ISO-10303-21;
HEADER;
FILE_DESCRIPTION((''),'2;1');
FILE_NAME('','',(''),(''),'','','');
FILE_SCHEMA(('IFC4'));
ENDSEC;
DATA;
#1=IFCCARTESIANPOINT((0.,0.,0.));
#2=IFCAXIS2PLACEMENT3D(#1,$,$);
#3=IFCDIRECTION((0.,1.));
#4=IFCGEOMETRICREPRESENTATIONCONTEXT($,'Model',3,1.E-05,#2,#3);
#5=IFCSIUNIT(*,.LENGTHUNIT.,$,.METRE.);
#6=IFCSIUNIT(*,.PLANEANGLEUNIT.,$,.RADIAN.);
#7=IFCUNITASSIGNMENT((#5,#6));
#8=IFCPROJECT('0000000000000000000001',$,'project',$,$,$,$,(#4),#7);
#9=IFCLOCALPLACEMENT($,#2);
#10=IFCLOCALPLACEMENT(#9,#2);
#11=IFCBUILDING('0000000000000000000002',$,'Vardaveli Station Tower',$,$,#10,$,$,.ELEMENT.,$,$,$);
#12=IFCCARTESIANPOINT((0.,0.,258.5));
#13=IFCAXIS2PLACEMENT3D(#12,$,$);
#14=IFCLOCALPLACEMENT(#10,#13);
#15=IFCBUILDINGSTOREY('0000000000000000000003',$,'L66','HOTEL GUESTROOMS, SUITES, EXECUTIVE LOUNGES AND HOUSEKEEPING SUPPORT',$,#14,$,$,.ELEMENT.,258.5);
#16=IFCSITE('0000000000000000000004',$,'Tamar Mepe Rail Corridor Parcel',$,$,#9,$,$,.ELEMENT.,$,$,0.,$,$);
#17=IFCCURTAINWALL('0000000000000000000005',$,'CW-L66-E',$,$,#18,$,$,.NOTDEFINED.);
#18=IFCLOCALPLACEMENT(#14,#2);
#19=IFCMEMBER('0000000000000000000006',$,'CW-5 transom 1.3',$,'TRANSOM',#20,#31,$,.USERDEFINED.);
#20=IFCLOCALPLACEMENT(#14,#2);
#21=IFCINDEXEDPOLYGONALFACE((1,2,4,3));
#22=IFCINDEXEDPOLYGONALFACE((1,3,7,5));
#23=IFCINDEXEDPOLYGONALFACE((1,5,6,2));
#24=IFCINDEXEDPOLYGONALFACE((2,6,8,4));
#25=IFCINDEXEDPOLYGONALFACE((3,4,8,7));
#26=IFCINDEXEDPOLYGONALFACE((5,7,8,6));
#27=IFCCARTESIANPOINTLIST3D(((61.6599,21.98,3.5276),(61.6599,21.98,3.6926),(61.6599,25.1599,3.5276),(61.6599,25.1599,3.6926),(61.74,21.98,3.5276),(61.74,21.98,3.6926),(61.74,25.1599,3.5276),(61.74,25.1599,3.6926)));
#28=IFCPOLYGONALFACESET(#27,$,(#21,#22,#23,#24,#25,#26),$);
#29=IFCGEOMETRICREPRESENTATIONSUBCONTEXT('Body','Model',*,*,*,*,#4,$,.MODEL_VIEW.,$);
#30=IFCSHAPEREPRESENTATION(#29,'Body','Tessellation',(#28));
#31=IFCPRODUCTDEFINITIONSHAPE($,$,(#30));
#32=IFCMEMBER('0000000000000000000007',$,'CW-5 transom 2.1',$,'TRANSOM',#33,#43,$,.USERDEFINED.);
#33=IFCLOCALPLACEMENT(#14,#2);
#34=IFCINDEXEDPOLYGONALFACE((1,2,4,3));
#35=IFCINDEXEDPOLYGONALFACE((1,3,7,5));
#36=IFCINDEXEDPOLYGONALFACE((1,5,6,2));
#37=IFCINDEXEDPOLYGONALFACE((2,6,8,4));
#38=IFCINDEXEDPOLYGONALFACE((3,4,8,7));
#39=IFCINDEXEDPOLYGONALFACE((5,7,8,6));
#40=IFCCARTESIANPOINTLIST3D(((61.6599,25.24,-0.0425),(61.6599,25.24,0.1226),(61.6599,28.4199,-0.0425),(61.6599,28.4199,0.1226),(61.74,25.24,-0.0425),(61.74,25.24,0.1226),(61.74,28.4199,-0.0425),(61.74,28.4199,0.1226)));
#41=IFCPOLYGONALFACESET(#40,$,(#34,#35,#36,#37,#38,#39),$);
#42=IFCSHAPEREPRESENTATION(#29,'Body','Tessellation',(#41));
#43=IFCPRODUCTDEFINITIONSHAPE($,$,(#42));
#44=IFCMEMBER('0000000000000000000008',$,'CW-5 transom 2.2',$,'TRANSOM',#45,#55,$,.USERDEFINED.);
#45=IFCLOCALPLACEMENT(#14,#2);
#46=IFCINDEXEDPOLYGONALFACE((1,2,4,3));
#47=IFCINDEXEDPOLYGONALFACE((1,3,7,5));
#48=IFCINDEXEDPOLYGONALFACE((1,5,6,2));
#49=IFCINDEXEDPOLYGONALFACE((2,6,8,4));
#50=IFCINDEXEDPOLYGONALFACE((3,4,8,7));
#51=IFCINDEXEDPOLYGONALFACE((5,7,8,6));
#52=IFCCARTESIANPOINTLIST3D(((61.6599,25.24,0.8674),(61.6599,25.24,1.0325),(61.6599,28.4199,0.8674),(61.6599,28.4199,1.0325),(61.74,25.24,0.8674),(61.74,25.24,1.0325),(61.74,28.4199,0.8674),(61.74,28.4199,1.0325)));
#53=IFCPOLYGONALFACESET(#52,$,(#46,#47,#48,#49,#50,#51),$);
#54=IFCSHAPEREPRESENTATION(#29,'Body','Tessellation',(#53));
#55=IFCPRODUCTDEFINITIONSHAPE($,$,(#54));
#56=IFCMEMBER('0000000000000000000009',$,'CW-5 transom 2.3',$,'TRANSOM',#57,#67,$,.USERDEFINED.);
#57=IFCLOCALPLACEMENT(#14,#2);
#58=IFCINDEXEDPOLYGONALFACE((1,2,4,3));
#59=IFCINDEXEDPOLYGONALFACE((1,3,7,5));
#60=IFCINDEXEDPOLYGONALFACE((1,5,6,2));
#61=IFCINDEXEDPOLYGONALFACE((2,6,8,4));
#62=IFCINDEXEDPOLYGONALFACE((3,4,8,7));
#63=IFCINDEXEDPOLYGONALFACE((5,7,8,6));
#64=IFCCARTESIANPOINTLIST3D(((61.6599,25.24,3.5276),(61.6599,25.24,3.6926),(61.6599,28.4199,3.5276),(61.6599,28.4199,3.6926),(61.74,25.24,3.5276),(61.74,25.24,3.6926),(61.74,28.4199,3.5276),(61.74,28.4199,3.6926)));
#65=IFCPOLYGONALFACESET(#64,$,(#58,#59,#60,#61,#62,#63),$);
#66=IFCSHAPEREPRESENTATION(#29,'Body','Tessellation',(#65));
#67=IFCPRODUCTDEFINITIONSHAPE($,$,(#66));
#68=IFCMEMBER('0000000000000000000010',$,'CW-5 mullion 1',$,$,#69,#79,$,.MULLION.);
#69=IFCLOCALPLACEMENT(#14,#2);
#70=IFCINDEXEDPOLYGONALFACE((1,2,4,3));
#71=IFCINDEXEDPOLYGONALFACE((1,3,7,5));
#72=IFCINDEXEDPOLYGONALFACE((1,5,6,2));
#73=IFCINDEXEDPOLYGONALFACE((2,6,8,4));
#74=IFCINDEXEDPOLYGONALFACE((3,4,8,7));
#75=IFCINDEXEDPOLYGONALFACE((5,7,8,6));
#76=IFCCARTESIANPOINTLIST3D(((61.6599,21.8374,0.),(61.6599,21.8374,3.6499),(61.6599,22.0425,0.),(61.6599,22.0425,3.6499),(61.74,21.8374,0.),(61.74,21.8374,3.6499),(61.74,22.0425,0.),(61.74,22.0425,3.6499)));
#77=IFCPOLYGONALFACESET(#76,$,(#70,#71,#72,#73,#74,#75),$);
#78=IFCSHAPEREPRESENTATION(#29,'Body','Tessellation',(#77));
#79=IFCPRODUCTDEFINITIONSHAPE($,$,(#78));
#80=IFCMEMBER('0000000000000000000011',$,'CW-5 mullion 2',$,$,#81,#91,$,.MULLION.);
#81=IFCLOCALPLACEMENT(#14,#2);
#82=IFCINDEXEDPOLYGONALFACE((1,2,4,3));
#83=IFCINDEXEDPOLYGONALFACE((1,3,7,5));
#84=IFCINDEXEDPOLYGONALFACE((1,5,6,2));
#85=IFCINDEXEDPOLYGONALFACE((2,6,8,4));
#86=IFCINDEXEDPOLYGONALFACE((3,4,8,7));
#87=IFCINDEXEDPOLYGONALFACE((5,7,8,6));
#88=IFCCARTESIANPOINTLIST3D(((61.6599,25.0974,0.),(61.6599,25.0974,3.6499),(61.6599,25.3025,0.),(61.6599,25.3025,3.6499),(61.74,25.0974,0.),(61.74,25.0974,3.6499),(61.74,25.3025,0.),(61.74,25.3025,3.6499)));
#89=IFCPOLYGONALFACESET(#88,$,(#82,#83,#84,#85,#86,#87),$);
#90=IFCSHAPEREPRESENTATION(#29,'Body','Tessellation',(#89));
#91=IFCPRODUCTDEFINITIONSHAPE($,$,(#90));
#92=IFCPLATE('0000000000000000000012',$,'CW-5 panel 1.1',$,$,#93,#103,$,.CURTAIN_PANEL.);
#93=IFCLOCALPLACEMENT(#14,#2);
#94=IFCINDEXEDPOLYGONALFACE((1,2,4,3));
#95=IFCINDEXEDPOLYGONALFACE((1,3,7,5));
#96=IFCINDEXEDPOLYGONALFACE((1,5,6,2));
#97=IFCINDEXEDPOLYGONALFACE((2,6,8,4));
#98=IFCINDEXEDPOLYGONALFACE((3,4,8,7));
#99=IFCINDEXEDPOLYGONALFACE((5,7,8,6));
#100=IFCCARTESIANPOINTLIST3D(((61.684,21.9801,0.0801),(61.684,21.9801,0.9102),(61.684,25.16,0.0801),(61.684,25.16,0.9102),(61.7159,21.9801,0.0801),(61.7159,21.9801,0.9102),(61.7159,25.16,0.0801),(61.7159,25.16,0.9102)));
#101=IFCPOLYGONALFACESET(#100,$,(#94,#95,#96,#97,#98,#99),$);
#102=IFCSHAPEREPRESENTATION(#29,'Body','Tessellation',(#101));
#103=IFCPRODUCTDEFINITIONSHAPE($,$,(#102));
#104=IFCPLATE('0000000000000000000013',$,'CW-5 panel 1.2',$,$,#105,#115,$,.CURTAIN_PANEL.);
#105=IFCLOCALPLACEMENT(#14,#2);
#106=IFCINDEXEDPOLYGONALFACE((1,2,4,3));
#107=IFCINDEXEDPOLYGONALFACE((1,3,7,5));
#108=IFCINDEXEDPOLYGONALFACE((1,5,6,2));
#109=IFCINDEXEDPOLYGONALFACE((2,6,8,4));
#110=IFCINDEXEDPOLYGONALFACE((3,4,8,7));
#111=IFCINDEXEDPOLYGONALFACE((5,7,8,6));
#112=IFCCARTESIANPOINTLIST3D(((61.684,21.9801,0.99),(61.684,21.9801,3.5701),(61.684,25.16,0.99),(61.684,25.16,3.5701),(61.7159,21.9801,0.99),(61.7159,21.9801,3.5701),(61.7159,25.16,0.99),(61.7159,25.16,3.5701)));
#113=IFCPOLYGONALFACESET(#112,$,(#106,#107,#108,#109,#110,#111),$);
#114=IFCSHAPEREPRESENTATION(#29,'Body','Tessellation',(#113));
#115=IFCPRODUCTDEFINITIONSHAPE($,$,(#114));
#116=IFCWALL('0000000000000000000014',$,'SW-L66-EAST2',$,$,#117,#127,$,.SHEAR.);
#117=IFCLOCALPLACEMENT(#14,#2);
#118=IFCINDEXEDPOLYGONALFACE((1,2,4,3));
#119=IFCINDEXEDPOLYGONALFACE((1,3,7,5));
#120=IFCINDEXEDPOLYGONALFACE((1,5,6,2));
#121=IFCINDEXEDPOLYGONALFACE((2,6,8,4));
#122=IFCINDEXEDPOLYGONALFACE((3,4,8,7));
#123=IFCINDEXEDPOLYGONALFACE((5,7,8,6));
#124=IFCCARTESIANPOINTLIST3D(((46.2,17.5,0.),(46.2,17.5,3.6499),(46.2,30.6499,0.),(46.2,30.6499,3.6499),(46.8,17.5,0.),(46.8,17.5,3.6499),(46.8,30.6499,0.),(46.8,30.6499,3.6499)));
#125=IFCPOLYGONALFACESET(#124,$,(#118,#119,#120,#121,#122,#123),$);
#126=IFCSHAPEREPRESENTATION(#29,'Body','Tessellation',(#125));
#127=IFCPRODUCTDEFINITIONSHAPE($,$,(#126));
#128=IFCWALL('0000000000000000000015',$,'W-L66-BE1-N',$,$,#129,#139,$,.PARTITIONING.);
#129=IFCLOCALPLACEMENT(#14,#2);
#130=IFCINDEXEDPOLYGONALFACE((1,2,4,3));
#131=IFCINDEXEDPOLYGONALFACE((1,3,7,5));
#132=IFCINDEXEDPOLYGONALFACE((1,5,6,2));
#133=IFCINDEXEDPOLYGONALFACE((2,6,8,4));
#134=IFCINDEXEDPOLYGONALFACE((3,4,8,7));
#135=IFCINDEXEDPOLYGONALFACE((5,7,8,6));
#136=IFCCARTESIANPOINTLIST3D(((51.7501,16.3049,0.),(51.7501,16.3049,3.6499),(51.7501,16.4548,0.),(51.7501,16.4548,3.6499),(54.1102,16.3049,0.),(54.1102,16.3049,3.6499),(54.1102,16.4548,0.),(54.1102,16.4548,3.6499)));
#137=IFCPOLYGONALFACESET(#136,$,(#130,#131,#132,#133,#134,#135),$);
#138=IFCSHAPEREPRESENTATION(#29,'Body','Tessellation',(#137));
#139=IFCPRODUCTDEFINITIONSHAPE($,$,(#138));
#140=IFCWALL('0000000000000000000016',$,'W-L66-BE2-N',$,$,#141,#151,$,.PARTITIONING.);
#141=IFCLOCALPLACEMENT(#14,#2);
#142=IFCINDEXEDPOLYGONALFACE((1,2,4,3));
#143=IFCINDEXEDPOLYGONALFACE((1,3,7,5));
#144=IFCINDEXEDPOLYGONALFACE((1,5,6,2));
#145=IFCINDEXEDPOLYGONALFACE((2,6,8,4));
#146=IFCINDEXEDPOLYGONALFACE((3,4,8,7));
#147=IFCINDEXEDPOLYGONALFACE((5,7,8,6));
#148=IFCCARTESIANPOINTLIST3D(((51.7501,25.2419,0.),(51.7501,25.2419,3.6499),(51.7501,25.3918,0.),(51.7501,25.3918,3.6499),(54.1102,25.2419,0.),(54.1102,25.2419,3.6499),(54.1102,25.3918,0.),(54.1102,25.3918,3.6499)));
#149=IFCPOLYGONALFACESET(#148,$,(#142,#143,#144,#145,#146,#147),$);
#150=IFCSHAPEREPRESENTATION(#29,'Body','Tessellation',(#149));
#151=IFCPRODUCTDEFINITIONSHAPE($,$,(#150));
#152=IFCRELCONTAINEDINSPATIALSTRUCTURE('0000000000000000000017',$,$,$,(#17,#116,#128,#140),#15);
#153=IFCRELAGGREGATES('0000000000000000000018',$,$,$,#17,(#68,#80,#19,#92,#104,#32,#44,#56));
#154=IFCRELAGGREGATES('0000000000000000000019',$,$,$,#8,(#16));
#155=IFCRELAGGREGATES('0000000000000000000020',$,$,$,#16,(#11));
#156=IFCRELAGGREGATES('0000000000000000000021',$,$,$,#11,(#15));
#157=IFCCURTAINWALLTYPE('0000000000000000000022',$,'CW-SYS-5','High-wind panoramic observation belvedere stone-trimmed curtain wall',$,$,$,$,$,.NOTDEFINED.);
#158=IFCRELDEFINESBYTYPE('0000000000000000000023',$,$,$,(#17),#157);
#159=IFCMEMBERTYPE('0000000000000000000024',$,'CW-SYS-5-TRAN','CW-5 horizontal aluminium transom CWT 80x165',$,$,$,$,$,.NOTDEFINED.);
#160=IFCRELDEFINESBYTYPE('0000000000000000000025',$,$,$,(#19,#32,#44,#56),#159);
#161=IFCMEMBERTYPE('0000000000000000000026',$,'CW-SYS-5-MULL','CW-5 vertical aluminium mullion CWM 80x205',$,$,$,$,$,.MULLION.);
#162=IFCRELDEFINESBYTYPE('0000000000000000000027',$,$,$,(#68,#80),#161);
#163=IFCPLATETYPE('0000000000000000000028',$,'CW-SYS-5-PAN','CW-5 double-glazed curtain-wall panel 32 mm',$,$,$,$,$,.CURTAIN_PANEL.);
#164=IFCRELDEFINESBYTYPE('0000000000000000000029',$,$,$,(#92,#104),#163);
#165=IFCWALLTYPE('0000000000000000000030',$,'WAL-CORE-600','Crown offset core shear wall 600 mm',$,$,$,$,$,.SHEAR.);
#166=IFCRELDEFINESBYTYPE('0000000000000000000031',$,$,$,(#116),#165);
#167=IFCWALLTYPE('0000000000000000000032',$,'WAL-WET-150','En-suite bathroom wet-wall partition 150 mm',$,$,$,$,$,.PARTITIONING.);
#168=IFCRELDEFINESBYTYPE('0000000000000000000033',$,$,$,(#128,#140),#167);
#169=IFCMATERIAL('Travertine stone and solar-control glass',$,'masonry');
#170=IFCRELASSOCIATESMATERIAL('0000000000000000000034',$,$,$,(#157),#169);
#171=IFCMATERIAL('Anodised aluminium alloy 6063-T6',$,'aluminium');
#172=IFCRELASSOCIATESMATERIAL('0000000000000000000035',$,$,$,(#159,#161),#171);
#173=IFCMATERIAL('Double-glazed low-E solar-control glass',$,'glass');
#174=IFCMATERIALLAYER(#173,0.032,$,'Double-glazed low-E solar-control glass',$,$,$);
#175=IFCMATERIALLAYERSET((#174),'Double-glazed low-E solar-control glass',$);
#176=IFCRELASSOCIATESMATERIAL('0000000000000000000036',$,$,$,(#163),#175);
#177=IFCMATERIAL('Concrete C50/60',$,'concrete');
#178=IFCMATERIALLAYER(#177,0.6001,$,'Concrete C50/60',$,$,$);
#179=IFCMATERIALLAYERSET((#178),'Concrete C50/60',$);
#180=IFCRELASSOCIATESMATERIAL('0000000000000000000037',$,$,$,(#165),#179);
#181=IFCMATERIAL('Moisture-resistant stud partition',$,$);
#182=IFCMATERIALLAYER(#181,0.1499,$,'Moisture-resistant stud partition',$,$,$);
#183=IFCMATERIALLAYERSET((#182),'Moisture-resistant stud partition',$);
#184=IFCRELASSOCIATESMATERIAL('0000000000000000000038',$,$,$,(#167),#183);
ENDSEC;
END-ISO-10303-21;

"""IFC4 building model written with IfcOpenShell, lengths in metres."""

from ifc_helpers import new_model, si_unit, direction, frame, frame_2d, origin, origin_2d, place, context, subcontext, project, spatial, rectangle, extrude, source, transform, mapped, material, layer, layer_set, material_profile, profile_set, type_object, element, aggregate, save


model = new_model("IFC4")

# Units and contexts
model_context = context("Model", 3, precision=1e-05, world=origin(), true_north=direction((0.0, 1.0)))
body_context = subcontext(model_context, "Body", "Model", "MODEL_VIEW")
ifc_project = project(units=[si_unit("LENGTHUNIT", "METRE"), si_unit("PLANEANGLEUNIT", "RADIAN")], contexts=[model_context])

# Site, building, storey
site_placement = place(None, origin())
site = spatial("IfcSite", under=ifc_project, at=site_placement, Name="Tamar Mepe Rail Corridor Parcel", CompositionType="ELEMENT", RefElevation=0.0)
building_placement = place(site_placement, origin())
building = spatial("IfcBuilding", under=site, at=building_placement, Name="Vardaveli Station Tower", CompositionType="ELEMENT")
storey_placement = place(building_placement, frame((0.0, 0.0, 258.5)))
storey = spatial("IfcBuildingStorey", under=building, at=storey_placement, Name="L66", Description="HOTEL GUESTROOMS, SUITES, EXECUTIVE LOUNGES AND HOUSEKEEPING SUPPORT", CompositionType="ELEMENT", Elevation=258.5)

# Curtain wall, members, plates
ifc_material_1 = material(Name="Travertine stone and solar-control glass", Category="masonry")
curtain_wall_type = type_object("IfcCurtainWallType", Name="CW-SYS-5", Description="High-wind panoramic observation belvedere stone-trimmed curtain wall", PredefinedType="NOTDEFINED", material=ifc_material_1)
curtain_wall_placement = place(storey_placement, origin())
curtain_wall = element("IfcCurtainWall", 1, at=curtain_wall_placement, inside=storey, type_object=curtain_wall_type, Name="CW-L66-E", PredefinedType="NOTDEFINED")
ifc_material_2 = material(Name="Anodised aluminium alloy 6063-T6", Category="aluminium")
ifc_material_profile_1 = material_profile(ifc_material_2, rectangle(XDim=0.0801, YDim=0.165, at=origin_2d()), Name="CWT 80x165")
ifc_profile_set_1 = profile_set([ifc_material_profile_1], Name="Anodised aluminium alloy 6063-T6")
member_type_1 = type_object("IfcMemberType", Name="CW-SYS-5-TRAN", Description="CW-5 horizontal aluminium transom CWT 80x165", PredefinedType="NOTDEFINED", material=ifc_profile_set_1)
shared_shape_1 = source(origin(), body_context, "Body", "SweptSolid", [
    extrude(rectangle(XDim=0.0801, YDim=0.165, at=origin_2d()), origin(), (0.0, 0.0, 1.0), 3.1799),
])
member_1_placement = place(storey_placement, frame((61.7, 21.98, 3.6101), z_axis=(0.0, 1.0, 0.0), x_axis=(-1.0, 0.0, 0.0)))
member_1 = element("IfcMember", 2, at=member_1_placement, type_object=member_type_1, Name="CW-5 transom 1.3", ObjectType="TRANSOM", PredefinedType="USERDEFINED", context=body_context, shape_type="MappedRepresentation", body=[
    mapped(shared_shape_1, transform((0.0, 0.0, 0.0), scale=1.0)),
])
member_2_placement = place(storey_placement, frame((61.7, 25.24, 0.04), z_axis=(0.0, 1.0, 0.0), x_axis=(-1.0, 0.0, 0.0)))
member_2 = element("IfcMember", 3, at=member_2_placement, type_object=member_type_1, Name="CW-5 transom 2.1", ObjectType="TRANSOM", PredefinedType="USERDEFINED", context=body_context, shape_type="MappedRepresentation", body=[
    mapped(shared_shape_1, transform((0.0, 0.0, 0.0), scale=1.0)),
])
member_3_placement = place(storey_placement, frame((61.7, 25.24, 0.95), z_axis=(0.0, 1.0, 0.0), x_axis=(-1.0, 0.0, 0.0)))
member_3 = element("IfcMember", 4, at=member_3_placement, type_object=member_type_1, Name="CW-5 transom 2.2", ObjectType="TRANSOM", PredefinedType="USERDEFINED", context=body_context, shape_type="MappedRepresentation", body=[
    mapped(shared_shape_1, transform((0.0, 0.0, 0.0), scale=1.0)),
])
member_4_placement = place(storey_placement, frame((61.7, 25.24, 3.6101), z_axis=(0.0, 1.0, 0.0), x_axis=(-1.0, 0.0, 0.0)))
member_4 = element("IfcMember", 5, at=member_4_placement, type_object=member_type_1, Name="CW-5 transom 2.3", ObjectType="TRANSOM", PredefinedType="USERDEFINED", context=body_context, shape_type="MappedRepresentation", body=[
    mapped(shared_shape_1, transform((0.0, 0.0, 0.0), scale=1.0)),
])
ifc_material_profile_2 = material_profile(ifc_material_2, rectangle(XDim=0.0801, YDim=0.2051, at=origin_2d()), Name="CWM 80x205")
ifc_profile_set_2 = profile_set([ifc_material_profile_2], Name="Anodised aluminium alloy 6063-T6")
member_type_2 = type_object("IfcMemberType", Name="CW-SYS-5-MULL", Description="CW-5 vertical aluminium mullion CWM 80x205", PredefinedType="MULLION", material=ifc_profile_set_2)
shared_shape_2 = source(origin(), body_context, "Body", "SweptSolid", [
    extrude(rectangle(XDim=0.0801, YDim=0.2051, at=origin_2d()), origin(), (0.0, 0.0, 1.0), 3.6499),
])
member_5_placement = place(storey_placement, frame((61.7, 21.9399, 0.0), z_axis=(0.0, 0.0, 1.0), x_axis=(-1.0, 0.0, 0.0)))
member_5 = element("IfcMember", 6, at=member_5_placement, type_object=member_type_2, Name="CW-5 mullion 1", PredefinedType="MULLION", context=body_context, shape_type="MappedRepresentation", body=[
    mapped(shared_shape_2, transform((0.0, 0.0, 0.0), scale=1.0)),
])
member_6_placement = place(storey_placement, frame((61.7, 25.2, 0.0), z_axis=(0.0, 0.0, 1.0), x_axis=(-1.0, 0.0, 0.0)))
member_6 = element("IfcMember", 7, at=member_6_placement, type_object=member_type_2, Name="CW-5 mullion 2", PredefinedType="MULLION", context=body_context, shape_type="MappedRepresentation", body=[
    mapped(shared_shape_2, transform((0.0, 0.0, 0.0), scale=1.0)),
])
ifc_material_3 = material(Name="Double-glazed low-E solar-control glass", Category="glass")
ifc_layer_1 = layer(ifc_material_3, 0.032, Name="Double-glazed low-E solar-control glass")
ifc_layer_set_1 = layer_set([ifc_layer_1], Name="Double-glazed low-E solar-control glass")
plate_type = type_object("IfcPlateType", Name="CW-SYS-5-PAN", Description="CW-5 double-glazed curtain-wall panel 32 mm", PredefinedType="CURTAIN_PANEL", material=ifc_layer_set_1)
shared_shape_3 = source(origin(), body_context, "Body", "SweptSolid", [
    extrude(rectangle(XDim=3.1799, YDim=0.032, at=origin_2d()), origin(), (0.0, 0.0, 1.0), 0.8301),
])
plate_1_placement = place(storey_placement, frame((61.7, 23.5701, 0.0801), z_axis=(0.0, 0.0, 1.0), x_axis=(0.0, 1.0, 0.0)))
plate_1 = element("IfcPlate", 8, at=plate_1_placement, type_object=plate_type, Name="CW-5 panel 1.1", PredefinedType="CURTAIN_PANEL", context=body_context, shape_type="MappedRepresentation", body=[
    mapped(shared_shape_3, transform((0.0, 0.0, 0.0), scale=1.0)),
])
shared_shape_4 = source(origin(), body_context, "Body", "SweptSolid", [
    extrude(rectangle(XDim=3.1799, YDim=0.032, at=origin_2d()), origin(), (0.0, 0.0, 1.0), 2.5801),
])
plate_2_placement = place(storey_placement, frame((61.7, 23.5701, 0.99), z_axis=(0.0, 0.0, 1.0), x_axis=(0.0, 1.0, 0.0)))
plate_2 = element("IfcPlate", 9, at=plate_2_placement, type_object=plate_type, Name="CW-5 panel 1.2", PredefinedType="CURTAIN_PANEL", context=body_context, shape_type="MappedRepresentation", body=[
    mapped(shared_shape_4, transform((0.0, 0.0, 0.0), scale=1.0)),
])
aggregate(curtain_wall, [member_5, member_6, member_1, plate_1, plate_2, member_2, member_3, member_4])

# Walls
ifc_material_4 = material(Name="Concrete C50/60", Category="concrete")
ifc_layer_2 = layer(ifc_material_4, 0.6001, Name="Concrete C50/60")
ifc_layer_set_2 = layer_set([ifc_layer_2], Name="Concrete C50/60")
wall_type_1 = type_object("IfcWallType", Name="WAL-CORE-600", Description="Crown offset core shear wall 600 mm", PredefinedType="SHEAR", material=ifc_layer_set_2)
shared_shape_5 = source(origin(), body_context, "Body", "SweptSolid", [
    extrude(rectangle(XDim=13.1499, YDim=0.6001, at=frame_2d((6.575, 0.0))), origin(), (0.0, 0.0, 1.0), 3.6499),
])
wall_1_placement = place(storey_placement, frame((46.5, 17.5, 0.0), z_axis=(0.0, 0.0, 1.0), x_axis=(0.0, 1.0, 0.0)))
element("IfcWall", 10, at=wall_1_placement, inside=storey, type_object=wall_type_1, Name="SW-L66-EAST2", PredefinedType="SHEAR", context=body_context, shape_type="MappedRepresentation", body=[
    mapped(shared_shape_5, transform((0.0, 0.0, 0.0), scale=1.0)),
])
ifc_material_5 = material(Name="Moisture-resistant stud partition")
ifc_layer_3 = layer(ifc_material_5, 0.1499, Name="Moisture-resistant stud partition")
ifc_layer_set_3 = layer_set([ifc_layer_3], Name="Moisture-resistant stud partition")
wall_type_2 = type_object("IfcWallType", Name="WAL-WET-150", Description="En-suite bathroom wet-wall partition 150 mm", PredefinedType="PARTITIONING", material=ifc_layer_set_3)
shared_shape_6 = source(origin(), body_context, "Body", "SweptSolid", [
    extrude(rectangle(XDim=2.3601, YDim=0.1499, at=frame_2d((1.1802, 0.0))), origin(), (0.0, 0.0, 1.0), 3.6499),
])
for number, where, z_axis, x_axis, name in (
    (11, (51.75, 16.3799, 0.0), (0.0, 0.0, 1.0), (1.0, 0.0, 0.0), "W-L66-BE1-N"),
    (12, (51.75, 25.3169, 0.0), (0.0, 0.0, 1.0), (1.0, 0.0, 0.0), "W-L66-BE2-N"),
):
    element("IfcWall", number, at=place(storey_placement, frame(where, z_axis=z_axis, x_axis=x_axis)), inside=storey, type_object=wall_type_2, Name=name, PredefinedType="PARTITIONING", context=body_context, shape_type="MappedRepresentation", body=[
        mapped(shared_shape_6, transform((0.0, 0.0, 0.0), scale=1.0)),
    ])

save(model, "model.ifc")
